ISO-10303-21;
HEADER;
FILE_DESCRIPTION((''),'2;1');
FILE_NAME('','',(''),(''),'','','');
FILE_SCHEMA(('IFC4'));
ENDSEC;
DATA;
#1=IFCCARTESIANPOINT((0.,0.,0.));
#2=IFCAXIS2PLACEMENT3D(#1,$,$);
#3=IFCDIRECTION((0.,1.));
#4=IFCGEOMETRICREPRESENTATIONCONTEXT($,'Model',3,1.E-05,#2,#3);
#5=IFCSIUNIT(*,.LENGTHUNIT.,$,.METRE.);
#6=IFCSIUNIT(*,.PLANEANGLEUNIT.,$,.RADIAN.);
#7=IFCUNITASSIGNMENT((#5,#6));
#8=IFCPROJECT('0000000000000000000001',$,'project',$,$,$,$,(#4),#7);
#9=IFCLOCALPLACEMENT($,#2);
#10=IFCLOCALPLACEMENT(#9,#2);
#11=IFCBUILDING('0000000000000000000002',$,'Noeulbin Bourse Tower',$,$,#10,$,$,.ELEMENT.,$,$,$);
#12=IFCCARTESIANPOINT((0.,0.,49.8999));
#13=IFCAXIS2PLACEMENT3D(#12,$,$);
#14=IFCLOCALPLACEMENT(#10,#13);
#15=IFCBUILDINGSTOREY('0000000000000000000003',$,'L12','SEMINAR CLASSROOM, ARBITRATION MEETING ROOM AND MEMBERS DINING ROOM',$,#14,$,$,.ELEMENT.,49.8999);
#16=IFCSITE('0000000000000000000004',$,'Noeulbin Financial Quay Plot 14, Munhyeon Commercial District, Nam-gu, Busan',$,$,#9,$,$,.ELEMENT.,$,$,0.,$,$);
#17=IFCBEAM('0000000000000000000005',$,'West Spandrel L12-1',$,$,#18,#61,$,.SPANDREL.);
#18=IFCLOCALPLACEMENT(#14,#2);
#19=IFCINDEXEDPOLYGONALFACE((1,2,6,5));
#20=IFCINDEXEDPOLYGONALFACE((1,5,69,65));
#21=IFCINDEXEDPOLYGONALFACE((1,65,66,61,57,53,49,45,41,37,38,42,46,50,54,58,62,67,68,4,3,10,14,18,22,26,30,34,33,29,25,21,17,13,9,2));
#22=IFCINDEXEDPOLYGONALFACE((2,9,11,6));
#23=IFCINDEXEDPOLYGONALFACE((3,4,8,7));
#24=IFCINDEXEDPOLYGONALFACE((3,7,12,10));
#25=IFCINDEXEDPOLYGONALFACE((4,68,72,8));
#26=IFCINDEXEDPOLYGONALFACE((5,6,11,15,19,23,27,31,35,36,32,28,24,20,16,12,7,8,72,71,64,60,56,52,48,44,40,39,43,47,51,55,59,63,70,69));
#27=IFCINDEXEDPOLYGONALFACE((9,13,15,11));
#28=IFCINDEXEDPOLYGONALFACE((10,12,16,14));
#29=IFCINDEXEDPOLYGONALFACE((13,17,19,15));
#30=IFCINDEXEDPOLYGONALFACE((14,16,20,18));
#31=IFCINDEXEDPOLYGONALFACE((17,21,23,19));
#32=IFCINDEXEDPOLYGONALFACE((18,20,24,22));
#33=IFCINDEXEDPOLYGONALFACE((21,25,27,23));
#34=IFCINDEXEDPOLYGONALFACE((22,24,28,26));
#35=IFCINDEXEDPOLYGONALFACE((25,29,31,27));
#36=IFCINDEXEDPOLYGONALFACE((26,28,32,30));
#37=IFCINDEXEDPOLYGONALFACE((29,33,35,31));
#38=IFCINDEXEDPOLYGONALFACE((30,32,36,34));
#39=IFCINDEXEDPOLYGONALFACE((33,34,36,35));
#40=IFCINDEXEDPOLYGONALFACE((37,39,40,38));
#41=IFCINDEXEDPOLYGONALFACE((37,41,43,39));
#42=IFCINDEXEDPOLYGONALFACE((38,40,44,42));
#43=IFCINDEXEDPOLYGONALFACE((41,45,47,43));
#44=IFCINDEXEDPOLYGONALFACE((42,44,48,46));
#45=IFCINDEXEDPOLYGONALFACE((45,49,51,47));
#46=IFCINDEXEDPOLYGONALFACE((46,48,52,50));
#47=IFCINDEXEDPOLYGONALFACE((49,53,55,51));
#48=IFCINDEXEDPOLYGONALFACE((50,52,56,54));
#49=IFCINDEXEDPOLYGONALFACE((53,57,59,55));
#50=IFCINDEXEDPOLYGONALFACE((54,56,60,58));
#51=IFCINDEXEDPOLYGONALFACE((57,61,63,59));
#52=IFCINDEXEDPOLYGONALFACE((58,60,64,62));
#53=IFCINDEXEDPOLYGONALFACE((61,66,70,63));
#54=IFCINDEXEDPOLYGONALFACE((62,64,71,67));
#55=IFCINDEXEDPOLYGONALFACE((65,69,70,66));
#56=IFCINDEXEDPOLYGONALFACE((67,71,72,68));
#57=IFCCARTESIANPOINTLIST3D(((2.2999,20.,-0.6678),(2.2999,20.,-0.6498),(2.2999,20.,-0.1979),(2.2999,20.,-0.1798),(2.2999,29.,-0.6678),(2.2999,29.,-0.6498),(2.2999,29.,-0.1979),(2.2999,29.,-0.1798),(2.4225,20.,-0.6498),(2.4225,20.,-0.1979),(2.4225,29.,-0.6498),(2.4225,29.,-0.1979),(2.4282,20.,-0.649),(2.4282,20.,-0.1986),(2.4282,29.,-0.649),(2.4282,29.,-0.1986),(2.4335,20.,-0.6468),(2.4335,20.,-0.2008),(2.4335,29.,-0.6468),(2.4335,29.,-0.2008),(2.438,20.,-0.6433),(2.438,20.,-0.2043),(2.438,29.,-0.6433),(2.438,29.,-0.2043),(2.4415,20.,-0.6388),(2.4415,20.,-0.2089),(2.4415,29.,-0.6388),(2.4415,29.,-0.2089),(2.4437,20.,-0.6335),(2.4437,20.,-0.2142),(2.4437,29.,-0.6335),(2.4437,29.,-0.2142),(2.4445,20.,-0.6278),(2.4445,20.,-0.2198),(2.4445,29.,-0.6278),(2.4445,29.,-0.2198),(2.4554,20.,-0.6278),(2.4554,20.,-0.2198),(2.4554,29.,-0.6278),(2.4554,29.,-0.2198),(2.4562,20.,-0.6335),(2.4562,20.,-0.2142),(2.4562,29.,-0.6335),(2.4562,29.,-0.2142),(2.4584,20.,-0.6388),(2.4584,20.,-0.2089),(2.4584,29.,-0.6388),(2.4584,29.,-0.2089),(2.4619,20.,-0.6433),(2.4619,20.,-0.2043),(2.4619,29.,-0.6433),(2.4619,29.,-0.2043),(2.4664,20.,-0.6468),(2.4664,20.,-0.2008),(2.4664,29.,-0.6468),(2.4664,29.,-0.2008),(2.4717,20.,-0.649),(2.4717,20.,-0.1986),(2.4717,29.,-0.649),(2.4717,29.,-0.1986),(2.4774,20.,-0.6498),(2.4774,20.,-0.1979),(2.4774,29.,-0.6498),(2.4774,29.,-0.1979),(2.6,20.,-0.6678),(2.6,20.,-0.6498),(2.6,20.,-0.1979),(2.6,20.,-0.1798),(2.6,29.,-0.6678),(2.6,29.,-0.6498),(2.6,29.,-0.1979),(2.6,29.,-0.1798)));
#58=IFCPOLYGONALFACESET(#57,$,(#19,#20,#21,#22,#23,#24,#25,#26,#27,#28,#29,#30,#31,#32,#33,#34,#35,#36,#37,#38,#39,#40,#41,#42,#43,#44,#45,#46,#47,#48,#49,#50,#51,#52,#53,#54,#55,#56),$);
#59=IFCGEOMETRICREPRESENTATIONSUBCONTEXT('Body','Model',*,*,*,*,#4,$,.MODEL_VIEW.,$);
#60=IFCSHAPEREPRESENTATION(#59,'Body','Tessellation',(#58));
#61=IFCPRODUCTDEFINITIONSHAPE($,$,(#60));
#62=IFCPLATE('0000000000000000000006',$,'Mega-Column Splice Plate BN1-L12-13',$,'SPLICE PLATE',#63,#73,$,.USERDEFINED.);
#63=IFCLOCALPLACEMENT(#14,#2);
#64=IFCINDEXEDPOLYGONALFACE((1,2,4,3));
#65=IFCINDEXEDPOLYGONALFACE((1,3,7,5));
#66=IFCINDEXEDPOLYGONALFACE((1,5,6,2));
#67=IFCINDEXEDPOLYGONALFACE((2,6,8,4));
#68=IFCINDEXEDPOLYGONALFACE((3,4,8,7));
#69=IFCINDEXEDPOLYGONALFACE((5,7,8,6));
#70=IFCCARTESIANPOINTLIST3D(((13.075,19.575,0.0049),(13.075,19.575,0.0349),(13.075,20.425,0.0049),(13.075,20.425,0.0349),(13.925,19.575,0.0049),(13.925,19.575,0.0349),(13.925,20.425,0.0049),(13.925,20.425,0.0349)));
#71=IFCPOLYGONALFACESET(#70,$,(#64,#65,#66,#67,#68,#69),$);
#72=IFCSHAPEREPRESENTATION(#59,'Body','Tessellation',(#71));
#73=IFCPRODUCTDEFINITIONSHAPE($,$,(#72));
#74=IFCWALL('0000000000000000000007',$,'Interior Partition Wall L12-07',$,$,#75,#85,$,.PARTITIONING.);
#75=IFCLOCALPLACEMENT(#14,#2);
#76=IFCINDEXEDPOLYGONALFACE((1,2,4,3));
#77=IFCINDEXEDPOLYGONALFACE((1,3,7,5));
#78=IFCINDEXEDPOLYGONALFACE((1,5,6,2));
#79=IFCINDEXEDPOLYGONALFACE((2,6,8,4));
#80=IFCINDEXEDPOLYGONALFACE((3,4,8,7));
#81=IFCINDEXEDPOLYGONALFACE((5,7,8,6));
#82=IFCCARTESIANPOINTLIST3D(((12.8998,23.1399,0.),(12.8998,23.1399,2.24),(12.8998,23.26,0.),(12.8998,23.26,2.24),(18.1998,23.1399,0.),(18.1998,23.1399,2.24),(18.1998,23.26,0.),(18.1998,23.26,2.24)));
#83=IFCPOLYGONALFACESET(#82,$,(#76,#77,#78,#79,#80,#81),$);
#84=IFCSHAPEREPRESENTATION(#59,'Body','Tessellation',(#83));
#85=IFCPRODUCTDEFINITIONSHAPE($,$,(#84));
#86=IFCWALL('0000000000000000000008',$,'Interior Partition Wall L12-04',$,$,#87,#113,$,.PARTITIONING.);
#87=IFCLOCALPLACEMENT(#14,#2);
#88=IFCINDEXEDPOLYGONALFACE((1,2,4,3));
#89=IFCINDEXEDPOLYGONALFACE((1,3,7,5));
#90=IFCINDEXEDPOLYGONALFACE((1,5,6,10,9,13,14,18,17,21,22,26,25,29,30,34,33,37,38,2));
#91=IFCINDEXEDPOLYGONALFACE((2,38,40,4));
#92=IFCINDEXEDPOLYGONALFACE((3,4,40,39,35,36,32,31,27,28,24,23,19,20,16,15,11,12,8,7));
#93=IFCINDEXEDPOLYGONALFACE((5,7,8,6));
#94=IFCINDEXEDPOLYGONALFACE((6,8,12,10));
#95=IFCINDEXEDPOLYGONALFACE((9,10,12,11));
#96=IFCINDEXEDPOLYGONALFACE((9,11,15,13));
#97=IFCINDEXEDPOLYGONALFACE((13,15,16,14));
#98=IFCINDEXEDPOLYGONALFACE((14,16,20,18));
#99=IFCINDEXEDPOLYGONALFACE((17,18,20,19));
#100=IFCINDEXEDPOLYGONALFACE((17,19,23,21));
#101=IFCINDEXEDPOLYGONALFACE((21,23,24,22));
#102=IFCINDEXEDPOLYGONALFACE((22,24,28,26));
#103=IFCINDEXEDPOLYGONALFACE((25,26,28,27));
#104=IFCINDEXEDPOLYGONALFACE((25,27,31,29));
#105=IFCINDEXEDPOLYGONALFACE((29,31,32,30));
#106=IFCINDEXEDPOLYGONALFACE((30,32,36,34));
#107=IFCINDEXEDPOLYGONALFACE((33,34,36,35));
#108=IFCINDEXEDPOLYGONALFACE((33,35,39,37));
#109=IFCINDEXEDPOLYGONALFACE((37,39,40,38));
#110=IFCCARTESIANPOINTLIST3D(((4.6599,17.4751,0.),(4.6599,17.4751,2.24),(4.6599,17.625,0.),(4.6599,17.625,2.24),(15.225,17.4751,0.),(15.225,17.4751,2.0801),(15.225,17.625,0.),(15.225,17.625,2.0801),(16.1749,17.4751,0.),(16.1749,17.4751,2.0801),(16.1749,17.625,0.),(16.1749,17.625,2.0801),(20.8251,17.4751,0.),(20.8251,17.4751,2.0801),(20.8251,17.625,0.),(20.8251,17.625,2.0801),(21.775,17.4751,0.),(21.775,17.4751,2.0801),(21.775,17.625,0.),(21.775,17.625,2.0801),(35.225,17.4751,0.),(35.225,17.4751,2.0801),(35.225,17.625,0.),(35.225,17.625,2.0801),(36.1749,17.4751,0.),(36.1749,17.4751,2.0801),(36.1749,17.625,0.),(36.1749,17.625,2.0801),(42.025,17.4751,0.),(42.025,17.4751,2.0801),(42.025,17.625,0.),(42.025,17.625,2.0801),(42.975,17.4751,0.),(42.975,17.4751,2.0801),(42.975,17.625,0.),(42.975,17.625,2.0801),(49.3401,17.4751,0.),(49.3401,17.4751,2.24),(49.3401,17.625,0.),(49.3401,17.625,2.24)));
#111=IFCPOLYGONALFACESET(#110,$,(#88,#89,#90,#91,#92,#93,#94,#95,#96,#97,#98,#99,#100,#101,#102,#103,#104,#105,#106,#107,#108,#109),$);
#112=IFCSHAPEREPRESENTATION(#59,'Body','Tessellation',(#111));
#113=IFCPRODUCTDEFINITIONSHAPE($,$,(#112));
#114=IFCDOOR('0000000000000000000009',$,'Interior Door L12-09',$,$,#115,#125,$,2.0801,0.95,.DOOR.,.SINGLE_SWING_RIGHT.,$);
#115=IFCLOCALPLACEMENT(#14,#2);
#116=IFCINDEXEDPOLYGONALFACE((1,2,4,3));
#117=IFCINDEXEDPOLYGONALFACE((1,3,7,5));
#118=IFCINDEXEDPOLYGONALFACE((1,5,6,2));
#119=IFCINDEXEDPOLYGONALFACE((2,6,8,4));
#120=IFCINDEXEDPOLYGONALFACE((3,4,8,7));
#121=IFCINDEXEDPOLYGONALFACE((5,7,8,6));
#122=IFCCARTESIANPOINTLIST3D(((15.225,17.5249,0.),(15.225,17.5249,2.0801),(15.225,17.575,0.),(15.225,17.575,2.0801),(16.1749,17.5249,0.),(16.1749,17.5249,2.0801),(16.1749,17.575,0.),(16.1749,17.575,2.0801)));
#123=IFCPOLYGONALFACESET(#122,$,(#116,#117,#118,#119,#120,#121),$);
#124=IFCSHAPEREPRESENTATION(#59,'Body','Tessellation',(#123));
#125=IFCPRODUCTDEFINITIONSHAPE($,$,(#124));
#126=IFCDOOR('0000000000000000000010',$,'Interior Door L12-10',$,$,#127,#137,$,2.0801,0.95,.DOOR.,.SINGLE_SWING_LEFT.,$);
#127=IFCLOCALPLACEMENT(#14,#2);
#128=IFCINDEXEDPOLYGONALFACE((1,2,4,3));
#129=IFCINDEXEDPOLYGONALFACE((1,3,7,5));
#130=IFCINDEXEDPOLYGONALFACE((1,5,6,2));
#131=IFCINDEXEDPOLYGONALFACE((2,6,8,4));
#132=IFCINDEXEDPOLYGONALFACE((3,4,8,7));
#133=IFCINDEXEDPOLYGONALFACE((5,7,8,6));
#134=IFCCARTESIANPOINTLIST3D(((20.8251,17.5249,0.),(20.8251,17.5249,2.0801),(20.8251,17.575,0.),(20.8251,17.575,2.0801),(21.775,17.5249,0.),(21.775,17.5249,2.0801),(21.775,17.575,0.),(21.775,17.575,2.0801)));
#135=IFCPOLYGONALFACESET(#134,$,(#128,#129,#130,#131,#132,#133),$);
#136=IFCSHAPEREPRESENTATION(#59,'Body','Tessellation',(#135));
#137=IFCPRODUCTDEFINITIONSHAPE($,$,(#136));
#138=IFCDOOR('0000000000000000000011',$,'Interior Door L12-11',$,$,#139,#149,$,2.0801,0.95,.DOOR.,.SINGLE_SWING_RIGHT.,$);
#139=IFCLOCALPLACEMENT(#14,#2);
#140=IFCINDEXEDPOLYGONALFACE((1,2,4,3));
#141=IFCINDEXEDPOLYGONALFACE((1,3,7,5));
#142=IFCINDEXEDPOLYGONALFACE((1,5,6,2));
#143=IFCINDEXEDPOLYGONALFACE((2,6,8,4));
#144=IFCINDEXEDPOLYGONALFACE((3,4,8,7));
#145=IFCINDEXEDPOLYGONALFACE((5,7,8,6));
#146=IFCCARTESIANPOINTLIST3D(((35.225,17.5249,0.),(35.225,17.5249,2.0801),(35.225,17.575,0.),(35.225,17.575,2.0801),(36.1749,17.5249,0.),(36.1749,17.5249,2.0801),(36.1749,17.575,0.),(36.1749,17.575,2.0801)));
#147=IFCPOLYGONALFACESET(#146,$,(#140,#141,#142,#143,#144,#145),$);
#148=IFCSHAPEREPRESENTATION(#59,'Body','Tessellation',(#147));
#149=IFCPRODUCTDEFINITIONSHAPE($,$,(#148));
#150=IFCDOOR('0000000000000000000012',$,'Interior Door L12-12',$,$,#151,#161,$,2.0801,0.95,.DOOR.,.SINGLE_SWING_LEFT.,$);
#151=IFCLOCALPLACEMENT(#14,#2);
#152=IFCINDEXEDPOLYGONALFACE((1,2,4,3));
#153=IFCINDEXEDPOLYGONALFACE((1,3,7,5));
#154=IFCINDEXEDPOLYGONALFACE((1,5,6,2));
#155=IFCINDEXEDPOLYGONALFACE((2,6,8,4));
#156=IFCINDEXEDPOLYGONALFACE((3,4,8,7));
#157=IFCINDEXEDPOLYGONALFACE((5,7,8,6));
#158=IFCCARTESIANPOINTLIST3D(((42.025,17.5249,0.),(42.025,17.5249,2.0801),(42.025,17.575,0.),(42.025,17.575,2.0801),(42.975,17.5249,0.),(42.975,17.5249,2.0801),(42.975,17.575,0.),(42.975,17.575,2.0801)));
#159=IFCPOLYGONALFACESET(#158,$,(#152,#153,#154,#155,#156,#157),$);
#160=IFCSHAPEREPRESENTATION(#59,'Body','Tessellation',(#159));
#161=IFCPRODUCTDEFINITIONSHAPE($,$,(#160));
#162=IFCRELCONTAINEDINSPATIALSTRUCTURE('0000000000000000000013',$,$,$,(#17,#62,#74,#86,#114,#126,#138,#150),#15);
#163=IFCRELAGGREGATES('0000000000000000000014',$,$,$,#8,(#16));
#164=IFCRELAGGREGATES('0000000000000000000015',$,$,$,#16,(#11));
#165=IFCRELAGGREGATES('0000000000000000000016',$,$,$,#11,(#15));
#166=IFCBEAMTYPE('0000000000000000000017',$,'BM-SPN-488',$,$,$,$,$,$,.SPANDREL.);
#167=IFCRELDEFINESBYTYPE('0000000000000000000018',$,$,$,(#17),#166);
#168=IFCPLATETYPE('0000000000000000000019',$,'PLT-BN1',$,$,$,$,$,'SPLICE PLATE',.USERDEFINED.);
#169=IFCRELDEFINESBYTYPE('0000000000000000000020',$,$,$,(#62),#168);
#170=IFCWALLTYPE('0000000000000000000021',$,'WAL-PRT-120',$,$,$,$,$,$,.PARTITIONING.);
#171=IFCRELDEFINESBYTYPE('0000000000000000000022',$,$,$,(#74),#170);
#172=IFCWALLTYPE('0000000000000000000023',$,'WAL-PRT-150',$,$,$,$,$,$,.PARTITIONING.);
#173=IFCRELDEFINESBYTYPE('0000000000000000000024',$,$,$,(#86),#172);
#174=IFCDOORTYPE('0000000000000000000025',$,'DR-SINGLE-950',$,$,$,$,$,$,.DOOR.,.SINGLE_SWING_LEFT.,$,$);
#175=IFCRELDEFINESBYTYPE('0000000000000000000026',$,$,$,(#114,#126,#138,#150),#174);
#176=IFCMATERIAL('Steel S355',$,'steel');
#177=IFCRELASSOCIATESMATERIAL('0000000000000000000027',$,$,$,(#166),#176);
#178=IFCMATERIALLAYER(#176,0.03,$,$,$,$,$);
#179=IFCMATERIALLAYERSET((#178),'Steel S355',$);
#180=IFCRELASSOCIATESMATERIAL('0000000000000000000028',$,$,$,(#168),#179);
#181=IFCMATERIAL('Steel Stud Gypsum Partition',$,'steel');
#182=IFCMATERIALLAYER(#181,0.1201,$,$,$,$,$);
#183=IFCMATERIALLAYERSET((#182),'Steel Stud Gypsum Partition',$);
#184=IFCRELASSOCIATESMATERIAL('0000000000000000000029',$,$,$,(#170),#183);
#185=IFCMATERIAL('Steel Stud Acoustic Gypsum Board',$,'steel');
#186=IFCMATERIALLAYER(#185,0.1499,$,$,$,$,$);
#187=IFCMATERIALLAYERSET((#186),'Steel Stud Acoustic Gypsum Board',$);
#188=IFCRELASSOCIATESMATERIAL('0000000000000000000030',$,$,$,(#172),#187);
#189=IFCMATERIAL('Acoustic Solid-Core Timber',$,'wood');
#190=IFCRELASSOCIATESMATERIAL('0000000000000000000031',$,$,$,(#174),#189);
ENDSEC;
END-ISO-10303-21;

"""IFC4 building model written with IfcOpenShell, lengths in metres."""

from ifc_helpers import new_model, si_unit, direction, frame, frame_2d, origin, origin_2d, place, context, subcontext, project, spatial, rectangle, i_section, extrude, material, layer, layer_set, material_profile, profile_set, type_object, element, fill, save


model = new_model("IFC4")

# Units and contexts
model_context = context("Model", 3, precision=1e-05, world=origin(), true_north=direction((0.0, 1.0)))
body_context = subcontext(model_context, "Body", "Model", "MODEL_VIEW")
ifc_project = project(units=[si_unit("LENGTHUNIT", "METRE"), si_unit("PLANEANGLEUNIT", "RADIAN")], contexts=[model_context])

# Site, building, storey
site_placement = place(None, origin())
site = spatial("IfcSite", under=ifc_project, at=site_placement, Name="Noeulbin Financial Quay Plot 14, Munhyeon Commercial District, Nam-gu, Busan", CompositionType="ELEMENT", RefElevation=0.0)
building_placement = place(site_placement, origin())
building = spatial("IfcBuilding", under=site, at=building_placement, Name="Noeulbin Bourse Tower", CompositionType="ELEMENT")
storey_placement = place(building_placement, frame((0.0, 0.0, 49.8999)))
storey = spatial("IfcBuildingStorey", under=building, at=storey_placement, Name="L12", Description="SEMINAR CLASSROOM, ARBITRATION MEETING ROOM AND MEMBERS DINING ROOM", CompositionType="ELEMENT", Elevation=49.8999)

# Beam
ifc_material_1 = material(Name="Steel S355", Category="steel")
ifc_material_profile_1 = material_profile(ifc_material_1, i_section(OverallWidth=0.3, OverallDepth=0.488, WebThickness=0.011, FlangeThickness=0.0181, FilletRadius=0.022, at=origin_2d()), Name="H-488x300x11x18", Category="LoadBearing")
ifc_profile_set_1 = profile_set([ifc_material_profile_1], Name="Steel S355")
beam_type_1 = type_object("IfcBeamType", Name="BM-SPN-488", PredefinedType="SPANDREL", material=ifc_profile_set_1)
beam_1_placement = place(storey_placement, frame((2.45, 20.0, -0.4238), z_axis=(0.0, 1.0, 0.0), x_axis=(-1.0, 0.0, 0.0)))
element("IfcBeam", 1, at=beam_1_placement, inside=storey, type_object=beam_type_1, Name="West Spandrel L12-1", PredefinedType="SPANDREL", context=body_context, shape_type="SweptSolid", body=[
    extrude(i_section(OverallWidth=0.3, OverallDepth=0.488, WebThickness=0.011, FlangeThickness=0.0181, FilletRadius=0.022, at=origin_2d()), origin(), (0.0, 0.0, 1.0), 9.0),
])

# Plate
ifc_layer_1 = layer(ifc_material_1, 0.03)
ifc_layer_set_1 = layer_set([ifc_layer_1], Name="Steel S355")
plate_type = type_object("IfcPlateType", Name="PLT-BN1", ElementType="SPLICE PLATE", PredefinedType="USERDEFINED", material=ifc_layer_set_1)
plate_placement = place(storey_placement, frame((13.5, 20.0, 0.0049), z_axis=(0.0, 0.0, 1.0), x_axis=(1.0, 0.0, 0.0)))
element("IfcPlate", 2, at=plate_placement, inside=storey, type_object=plate_type, Name="Mega-Column Splice Plate BN1-L12-13", ObjectType="SPLICE PLATE", PredefinedType="USERDEFINED", context=body_context, shape_type="SweptSolid", body=[
    extrude(rectangle(XDim=0.8501, YDim=0.8501, at=origin_2d()), origin(), (0.0, 0.0, 1.0), 0.03),
])

# Wall
ifc_material_2 = material(Name="Steel Stud Gypsum Partition", Category="steel")
ifc_layer_2 = layer(ifc_material_2, 0.1201)
ifc_layer_set_2 = layer_set([ifc_layer_2], Name="Steel Stud Gypsum Partition")
wall_type_1 = type_object("IfcWallType", Name="WAL-PRT-120", PredefinedType="PARTITIONING", material=ifc_layer_set_2)
wall_1_placement = place(storey_placement, frame((12.8999, 23.2, 0.0), z_axis=(0.0, 0.0, 1.0), x_axis=(1.0, 0.0, 0.0)))
element("IfcWall", 3, at=wall_1_placement, inside=storey, type_object=wall_type_1, Name="Interior Partition Wall L12-07", PredefinedType="PARTITIONING", context=body_context, shape_type="SweptSolid", body=[
    extrude(rectangle(XDim=5.3, YDim=0.1201, at=frame_2d((2.6499, 0.0))), origin(), (0.0, 0.0, 1.0), 2.24),
])

# Wall, openings, doors
ifc_material_3 = material(Name="Steel Stud Acoustic Gypsum Board", Category="steel")
ifc_layer_3 = layer(ifc_material_3, 0.1499)
ifc_layer_set_3 = layer_set([ifc_layer_3], Name="Steel Stud Acoustic Gypsum Board")
wall_type_2 = type_object("IfcWallType", Name="WAL-PRT-150", PredefinedType="PARTITIONING", material=ifc_layer_set_3)
wall_2_placement = place(storey_placement, frame((4.6599, 17.55, 0.0), z_axis=(0.0, 0.0, 1.0), x_axis=(1.0, 0.0, 0.0)))
wall_2 = element("IfcWall", 4, at=wall_2_placement, inside=storey, type_object=wall_type_2, Name="Interior Partition Wall L12-04", PredefinedType="PARTITIONING", context=body_context, shape_type="SweptSolid", body=[
    extrude(rectangle(XDim=44.6802, YDim=0.1499, at=frame_2d((22.3401, 0.0))), origin(), (0.0, 0.0, 1.0), 2.24),
])
opening_1_placement = place(wall_2_placement, frame((10.5649, 0.0, 0.0)))
opening_1 = element("IfcOpeningElement", 5, at=opening_1_placement, cuts=wall_2, PredefinedType="OPENING", context=body_context, shape_type="SweptSolid", body=[
    extrude(rectangle(XDim=0.95, YDim=2.0801, at=frame_2d((0.4751, 1.04))), frame((0.0, 0.085, 0.0), z_axis=(0.0, -1.0, 0.0), x_axis=(1.0, 0.0, 0.0)), (0.0, 0.0, 1.0), 0.1699),
])
opening_2_placement = place(wall_2_placement, frame((16.165, 0.0, 0.0)))
opening_2 = element("IfcOpeningElement", 6, at=opening_2_placement, cuts=wall_2, PredefinedType="OPENING", context=body_context, shape_type="SweptSolid", body=[
    extrude(rectangle(XDim=0.95, YDim=2.0801, at=frame_2d((0.4751, 1.04))), frame((0.0, 0.085, 0.0), z_axis=(0.0, -1.0, 0.0), x_axis=(1.0, 0.0, 0.0)), (0.0, 0.0, 1.0), 0.1699),
])
opening_3_placement = place(wall_2_placement, frame((30.5649, 0.0, 0.0)))
opening_3 = element("IfcOpeningElement", 7, at=opening_3_placement, cuts=wall_2, PredefinedType="OPENING", context=body_context, shape_type="SweptSolid", body=[
    extrude(rectangle(XDim=0.95, YDim=2.0801, at=frame_2d((0.4751, 1.04))), frame((0.0, 0.085, 0.0), z_axis=(0.0, -1.0, 0.0), x_axis=(1.0, 0.0, 0.0)), (0.0, 0.0, 1.0), 0.1699),
])
opening_4_placement = place(wall_2_placement, frame((37.365, 0.0, 0.0)))
opening_4 = element("IfcOpeningElement", 8, at=opening_4_placement, cuts=wall_2, PredefinedType="OPENING", context=body_context, shape_type="SweptSolid", body=[
    extrude(rectangle(XDim=0.95, YDim=2.0801, at=frame_2d((0.4751, 1.04))), frame((0.0, 0.085, 0.0), z_axis=(0.0, -1.0, 0.0), x_axis=(1.0, 0.0, 0.0)), (0.0, 0.0, 1.0), 0.1699),
])
ifc_material_4 = material(Name="Acoustic Solid-Core Timber", Category="wood")
door_type = type_object("IfcDoorType", Name="DR-SINGLE-950", OperationType="SINGLE_SWING_LEFT", PredefinedType="DOOR", material=ifc_material_4)
door_1_placement = place(opening_1_placement, origin())
door_1 = element("IfcDoor", 9, at=door_1_placement, inside=storey, type_object=door_type, Name="Interior Door L12-09", OperationType="SINGLE_SWING_RIGHT", OverallHeight=2.0801, OverallWidth=0.95, PredefinedType="DOOR", context=body_context, shape_type="SweptSolid", body=[
    extrude(rectangle(XDim=0.95, YDim=2.0801, at=frame_2d((0.4751, 1.04))), frame((0.0, 0.0249, 0.0), z_axis=(0.0, -1.0, 0.0), x_axis=(1.0, 0.0, 0.0)), (0.0, 0.0, 1.0), 0.05),
])
fill(opening_1, door_1)
door_2_placement = place(opening_2_placement, origin())
door_2 = element("IfcDoor", 10, at=door_2_placement, inside=storey, type_object=door_type, Name="Interior Door L12-10", OperationType="SINGLE_SWING_LEFT", OverallHeight=2.0801, OverallWidth=0.95, PredefinedType="DOOR", context=body_context, shape_type="SweptSolid", body=[
    extrude(rectangle(XDim=0.95, YDim=2.0801, at=frame_2d((0.4751, 1.04))), frame((0.0, 0.0249, 0.0), z_axis=(0.0, -1.0, 0.0), x_axis=(1.0, 0.0, 0.0)), (0.0, 0.0, 1.0), 0.05),
])
fill(opening_2, door_2)
door_3_placement = place(opening_3_placement, origin())
door_3 = element("IfcDoor", 11, at=door_3_placement, inside=storey, type_object=door_type, Name="Interior Door L12-11", OperationType="SINGLE_SWING_RIGHT", OverallHeight=2.0801, OverallWidth=0.95, PredefinedType="DOOR", context=body_context, shape_type="SweptSolid", body=[
    extrude(rectangle(XDim=0.95, YDim=2.0801, at=frame_2d((0.4751, 1.04))), frame((0.0, 0.0249, 0.0), z_axis=(0.0, -1.0, 0.0), x_axis=(1.0, 0.0, 0.0)), (0.0, 0.0, 1.0), 0.05),
])
fill(opening_3, door_3)
door_4_placement = place(opening_4_placement, origin())
door_4 = element("IfcDoor", 12, at=door_4_placement, inside=storey, type_object=door_type, Name="Interior Door L12-12", OperationType="SINGLE_SWING_LEFT", OverallHeight=2.0801, OverallWidth=0.95, PredefinedType="DOOR", context=body_context, shape_type="SweptSolid", body=[
    extrude(rectangle(XDim=0.95, YDim=2.0801, at=frame_2d((0.4751, 1.04))), frame((0.0, 0.0249, 0.0), z_axis=(0.0, -1.0, 0.0), x_axis=(1.0, 0.0, 0.0)), (0.0, 0.0, 1.0), 0.05),
])
fill(opening_4, door_4)

save(model, "model.ifc")
